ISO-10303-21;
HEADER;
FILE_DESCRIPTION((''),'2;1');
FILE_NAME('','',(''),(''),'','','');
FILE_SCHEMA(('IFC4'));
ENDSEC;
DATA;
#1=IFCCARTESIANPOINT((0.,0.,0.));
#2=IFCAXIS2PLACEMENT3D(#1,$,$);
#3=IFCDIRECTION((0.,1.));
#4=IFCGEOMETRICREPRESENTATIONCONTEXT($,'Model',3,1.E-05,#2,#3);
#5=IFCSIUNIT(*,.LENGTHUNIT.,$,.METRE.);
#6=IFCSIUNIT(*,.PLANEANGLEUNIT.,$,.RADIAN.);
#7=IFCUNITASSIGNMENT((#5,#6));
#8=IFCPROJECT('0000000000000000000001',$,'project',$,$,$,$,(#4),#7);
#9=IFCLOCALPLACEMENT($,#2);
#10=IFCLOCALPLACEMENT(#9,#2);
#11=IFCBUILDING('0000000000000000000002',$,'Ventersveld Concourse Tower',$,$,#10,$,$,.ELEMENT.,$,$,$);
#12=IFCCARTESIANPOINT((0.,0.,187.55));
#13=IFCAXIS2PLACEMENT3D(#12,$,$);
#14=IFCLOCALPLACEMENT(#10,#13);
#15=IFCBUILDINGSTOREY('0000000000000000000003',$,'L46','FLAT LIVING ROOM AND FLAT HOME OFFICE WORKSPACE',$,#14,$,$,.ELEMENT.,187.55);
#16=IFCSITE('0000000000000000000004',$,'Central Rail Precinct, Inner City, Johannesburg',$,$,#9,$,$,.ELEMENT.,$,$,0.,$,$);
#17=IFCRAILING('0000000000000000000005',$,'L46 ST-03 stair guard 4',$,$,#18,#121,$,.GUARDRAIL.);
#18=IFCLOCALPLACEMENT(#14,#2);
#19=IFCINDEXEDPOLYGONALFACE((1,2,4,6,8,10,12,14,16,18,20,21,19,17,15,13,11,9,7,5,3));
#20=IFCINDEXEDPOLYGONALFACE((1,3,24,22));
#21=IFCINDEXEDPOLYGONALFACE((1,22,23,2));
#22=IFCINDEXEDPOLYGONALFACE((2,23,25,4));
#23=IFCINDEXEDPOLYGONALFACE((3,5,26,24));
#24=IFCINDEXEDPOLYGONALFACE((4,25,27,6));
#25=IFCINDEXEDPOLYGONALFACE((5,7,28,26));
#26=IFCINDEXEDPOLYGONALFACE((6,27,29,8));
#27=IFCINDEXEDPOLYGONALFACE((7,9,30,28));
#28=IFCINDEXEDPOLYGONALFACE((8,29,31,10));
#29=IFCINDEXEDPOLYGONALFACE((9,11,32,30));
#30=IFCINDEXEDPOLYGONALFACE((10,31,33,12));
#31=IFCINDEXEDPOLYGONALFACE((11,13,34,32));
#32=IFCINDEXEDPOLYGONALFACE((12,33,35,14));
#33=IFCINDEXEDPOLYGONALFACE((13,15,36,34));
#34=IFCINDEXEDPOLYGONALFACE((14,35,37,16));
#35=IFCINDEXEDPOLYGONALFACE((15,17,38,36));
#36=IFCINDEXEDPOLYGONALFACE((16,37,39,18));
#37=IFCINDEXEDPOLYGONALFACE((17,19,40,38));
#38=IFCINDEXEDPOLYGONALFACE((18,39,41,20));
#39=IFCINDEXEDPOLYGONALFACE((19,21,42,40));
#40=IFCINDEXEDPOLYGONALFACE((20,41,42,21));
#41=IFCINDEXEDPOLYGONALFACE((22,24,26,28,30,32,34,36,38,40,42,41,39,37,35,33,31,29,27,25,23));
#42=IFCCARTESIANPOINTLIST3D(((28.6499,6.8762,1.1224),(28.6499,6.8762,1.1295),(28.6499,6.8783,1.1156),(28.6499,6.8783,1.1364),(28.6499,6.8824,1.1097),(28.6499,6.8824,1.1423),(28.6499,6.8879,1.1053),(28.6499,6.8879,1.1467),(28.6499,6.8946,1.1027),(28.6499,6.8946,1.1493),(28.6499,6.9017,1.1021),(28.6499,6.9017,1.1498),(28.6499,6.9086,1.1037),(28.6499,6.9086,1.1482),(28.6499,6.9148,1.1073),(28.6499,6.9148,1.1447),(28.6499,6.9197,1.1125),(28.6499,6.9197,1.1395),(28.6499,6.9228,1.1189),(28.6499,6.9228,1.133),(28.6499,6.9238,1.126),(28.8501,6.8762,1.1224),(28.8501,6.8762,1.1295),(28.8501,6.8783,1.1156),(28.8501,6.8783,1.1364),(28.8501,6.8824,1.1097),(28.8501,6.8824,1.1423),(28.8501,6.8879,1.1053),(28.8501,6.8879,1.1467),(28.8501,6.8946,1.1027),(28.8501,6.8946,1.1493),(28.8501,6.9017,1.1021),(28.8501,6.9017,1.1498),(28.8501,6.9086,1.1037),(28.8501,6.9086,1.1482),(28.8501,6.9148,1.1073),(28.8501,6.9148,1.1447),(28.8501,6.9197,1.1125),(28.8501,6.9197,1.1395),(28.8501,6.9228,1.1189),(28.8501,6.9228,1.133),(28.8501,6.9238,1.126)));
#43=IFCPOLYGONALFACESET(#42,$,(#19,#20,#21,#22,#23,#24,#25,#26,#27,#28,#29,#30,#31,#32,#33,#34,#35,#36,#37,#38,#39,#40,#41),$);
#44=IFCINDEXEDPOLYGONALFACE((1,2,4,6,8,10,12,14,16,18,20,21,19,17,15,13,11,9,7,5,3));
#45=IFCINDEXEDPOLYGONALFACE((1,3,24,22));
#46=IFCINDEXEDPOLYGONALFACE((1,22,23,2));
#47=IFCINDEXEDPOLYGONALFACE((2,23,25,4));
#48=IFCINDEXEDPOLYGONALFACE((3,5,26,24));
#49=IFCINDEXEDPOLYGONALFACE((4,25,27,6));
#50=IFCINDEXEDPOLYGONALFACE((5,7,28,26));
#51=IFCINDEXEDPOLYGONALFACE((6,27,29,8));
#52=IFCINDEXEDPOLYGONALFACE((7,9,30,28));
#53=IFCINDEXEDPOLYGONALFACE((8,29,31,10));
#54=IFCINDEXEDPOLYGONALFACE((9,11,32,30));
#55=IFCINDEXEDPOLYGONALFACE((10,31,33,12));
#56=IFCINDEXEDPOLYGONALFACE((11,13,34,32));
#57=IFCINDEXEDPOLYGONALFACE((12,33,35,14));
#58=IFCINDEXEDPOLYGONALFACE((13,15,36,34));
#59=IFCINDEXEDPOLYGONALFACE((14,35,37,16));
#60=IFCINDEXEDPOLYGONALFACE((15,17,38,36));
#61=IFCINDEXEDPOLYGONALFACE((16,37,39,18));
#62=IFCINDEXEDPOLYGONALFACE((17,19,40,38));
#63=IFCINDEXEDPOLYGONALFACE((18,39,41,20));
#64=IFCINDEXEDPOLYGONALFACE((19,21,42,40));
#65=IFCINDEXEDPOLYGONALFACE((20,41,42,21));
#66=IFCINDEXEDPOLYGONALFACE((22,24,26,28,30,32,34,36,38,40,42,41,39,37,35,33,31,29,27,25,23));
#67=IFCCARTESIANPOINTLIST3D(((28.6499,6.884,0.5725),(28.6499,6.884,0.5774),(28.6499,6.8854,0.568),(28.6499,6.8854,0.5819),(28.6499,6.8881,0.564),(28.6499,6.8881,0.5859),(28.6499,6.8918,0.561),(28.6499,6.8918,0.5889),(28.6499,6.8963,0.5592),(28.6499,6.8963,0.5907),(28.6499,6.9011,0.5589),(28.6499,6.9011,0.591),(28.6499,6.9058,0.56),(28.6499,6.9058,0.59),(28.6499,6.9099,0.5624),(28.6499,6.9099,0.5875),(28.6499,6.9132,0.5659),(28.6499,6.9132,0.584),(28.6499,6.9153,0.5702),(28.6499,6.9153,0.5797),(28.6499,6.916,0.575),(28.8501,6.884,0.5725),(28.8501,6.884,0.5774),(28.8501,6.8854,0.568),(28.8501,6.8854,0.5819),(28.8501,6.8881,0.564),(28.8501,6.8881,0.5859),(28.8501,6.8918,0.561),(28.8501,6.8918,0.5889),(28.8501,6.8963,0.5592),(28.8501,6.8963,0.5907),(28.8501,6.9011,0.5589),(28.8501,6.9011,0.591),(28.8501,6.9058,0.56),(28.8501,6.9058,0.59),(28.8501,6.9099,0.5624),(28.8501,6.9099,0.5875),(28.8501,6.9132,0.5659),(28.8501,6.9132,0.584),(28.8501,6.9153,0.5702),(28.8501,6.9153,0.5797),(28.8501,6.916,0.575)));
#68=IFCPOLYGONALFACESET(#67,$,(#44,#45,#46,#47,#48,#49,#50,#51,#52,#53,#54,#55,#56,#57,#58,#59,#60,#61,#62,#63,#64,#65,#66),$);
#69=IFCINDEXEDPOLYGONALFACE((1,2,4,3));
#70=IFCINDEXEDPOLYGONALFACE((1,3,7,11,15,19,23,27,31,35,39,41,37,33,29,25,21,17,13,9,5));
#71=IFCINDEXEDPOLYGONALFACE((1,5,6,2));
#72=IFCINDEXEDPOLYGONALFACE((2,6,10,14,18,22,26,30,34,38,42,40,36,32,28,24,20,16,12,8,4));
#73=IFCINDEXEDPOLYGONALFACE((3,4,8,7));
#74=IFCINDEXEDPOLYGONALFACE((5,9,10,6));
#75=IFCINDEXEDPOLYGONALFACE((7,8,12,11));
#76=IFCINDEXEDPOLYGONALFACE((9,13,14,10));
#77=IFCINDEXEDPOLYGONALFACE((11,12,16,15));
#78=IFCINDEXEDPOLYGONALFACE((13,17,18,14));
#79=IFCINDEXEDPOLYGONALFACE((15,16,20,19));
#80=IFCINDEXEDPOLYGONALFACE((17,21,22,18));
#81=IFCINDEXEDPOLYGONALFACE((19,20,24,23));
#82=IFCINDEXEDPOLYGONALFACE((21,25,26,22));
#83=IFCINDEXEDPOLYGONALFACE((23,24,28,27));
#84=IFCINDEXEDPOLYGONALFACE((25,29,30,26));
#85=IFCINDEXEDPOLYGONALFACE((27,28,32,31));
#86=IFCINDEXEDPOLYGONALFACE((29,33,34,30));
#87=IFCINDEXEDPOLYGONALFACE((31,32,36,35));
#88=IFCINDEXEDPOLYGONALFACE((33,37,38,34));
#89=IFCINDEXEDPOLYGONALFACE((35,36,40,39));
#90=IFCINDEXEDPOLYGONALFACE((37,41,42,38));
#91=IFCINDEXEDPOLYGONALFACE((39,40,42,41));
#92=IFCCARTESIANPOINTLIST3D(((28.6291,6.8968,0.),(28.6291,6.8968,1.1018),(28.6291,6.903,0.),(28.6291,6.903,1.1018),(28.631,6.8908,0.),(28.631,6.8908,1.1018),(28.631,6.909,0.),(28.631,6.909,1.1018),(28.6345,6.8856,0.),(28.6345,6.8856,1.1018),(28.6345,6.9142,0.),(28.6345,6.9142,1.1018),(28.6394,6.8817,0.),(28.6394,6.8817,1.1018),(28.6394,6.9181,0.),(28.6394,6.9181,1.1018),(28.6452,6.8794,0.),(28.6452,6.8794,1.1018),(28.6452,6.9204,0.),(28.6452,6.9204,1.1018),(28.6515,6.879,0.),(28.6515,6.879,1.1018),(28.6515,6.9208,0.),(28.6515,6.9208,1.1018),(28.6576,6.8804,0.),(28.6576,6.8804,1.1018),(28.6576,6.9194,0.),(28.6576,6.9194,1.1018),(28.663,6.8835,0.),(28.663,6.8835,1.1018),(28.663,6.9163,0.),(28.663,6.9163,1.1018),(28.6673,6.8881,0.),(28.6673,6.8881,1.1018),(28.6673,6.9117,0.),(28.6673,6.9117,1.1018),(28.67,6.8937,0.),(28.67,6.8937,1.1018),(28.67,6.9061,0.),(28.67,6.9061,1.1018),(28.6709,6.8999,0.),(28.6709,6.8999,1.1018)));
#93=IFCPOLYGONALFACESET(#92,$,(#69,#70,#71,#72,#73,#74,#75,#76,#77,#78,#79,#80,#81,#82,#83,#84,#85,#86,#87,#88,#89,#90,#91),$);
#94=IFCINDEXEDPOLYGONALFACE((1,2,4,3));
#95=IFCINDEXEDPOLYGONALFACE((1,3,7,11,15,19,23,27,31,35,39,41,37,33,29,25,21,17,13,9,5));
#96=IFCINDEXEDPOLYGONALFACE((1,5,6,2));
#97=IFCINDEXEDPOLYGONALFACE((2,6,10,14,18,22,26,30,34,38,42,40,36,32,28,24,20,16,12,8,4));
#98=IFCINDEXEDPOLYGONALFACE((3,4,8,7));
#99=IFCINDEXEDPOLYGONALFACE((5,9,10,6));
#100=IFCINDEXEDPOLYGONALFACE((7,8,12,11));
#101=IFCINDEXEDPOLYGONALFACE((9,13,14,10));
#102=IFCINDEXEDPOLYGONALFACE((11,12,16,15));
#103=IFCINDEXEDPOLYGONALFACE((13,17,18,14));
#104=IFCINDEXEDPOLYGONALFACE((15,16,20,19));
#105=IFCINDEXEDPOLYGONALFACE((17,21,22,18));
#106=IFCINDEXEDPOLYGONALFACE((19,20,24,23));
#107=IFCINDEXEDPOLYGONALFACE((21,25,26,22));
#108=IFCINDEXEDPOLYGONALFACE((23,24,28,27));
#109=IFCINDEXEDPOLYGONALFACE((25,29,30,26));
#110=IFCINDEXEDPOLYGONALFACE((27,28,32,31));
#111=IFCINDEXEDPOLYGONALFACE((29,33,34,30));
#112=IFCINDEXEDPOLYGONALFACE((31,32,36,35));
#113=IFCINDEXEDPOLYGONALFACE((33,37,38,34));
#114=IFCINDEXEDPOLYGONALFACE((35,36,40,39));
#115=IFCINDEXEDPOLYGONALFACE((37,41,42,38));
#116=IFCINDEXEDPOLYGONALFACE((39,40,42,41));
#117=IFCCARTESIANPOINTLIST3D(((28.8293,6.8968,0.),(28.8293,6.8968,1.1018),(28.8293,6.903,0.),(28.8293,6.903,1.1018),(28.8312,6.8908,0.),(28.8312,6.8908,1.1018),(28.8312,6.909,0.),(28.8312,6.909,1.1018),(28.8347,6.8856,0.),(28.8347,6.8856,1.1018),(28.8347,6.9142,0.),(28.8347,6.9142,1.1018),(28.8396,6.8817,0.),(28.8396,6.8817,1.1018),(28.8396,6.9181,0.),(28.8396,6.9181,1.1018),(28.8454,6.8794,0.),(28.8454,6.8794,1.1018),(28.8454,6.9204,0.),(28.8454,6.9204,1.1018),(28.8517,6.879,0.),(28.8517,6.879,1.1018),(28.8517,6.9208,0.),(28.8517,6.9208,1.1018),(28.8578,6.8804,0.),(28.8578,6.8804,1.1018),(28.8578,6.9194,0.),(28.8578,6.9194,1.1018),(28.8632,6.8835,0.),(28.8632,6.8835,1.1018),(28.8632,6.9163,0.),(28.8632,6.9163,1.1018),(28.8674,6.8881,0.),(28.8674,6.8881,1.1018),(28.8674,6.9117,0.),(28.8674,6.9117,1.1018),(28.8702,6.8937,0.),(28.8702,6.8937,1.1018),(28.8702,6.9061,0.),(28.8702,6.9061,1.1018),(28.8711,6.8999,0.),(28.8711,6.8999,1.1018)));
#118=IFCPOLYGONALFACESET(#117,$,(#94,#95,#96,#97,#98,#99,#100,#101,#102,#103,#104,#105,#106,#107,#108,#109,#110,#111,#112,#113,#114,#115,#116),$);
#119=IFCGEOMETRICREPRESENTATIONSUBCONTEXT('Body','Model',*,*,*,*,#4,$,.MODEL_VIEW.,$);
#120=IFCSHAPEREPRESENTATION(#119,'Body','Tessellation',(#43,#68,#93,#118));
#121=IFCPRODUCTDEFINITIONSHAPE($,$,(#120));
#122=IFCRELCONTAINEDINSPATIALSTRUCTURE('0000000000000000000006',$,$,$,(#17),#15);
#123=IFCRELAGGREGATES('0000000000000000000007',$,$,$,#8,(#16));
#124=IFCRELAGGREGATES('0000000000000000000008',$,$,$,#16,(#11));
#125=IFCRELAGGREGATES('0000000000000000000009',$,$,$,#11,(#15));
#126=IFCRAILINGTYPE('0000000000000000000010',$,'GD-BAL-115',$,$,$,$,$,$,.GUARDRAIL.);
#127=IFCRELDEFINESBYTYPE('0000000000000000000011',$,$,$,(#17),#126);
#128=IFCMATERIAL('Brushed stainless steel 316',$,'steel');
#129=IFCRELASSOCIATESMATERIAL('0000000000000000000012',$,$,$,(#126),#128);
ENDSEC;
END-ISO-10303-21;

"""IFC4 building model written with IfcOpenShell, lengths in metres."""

from ifc_helpers import new_model, si_unit, direction, frame, origin, origin_2d, place, context, subcontext, project, spatial, circle, extrude, material, type_object, element, save


model = new_model("IFC4")

# Units and contexts
model_context = context("Model", 3, precision=1e-05, world=origin(), true_north=direction((0.0, 1.0)))
body_context = subcontext(model_context, "Body", "Model", "MODEL_VIEW")
ifc_project = project(units=[si_unit("LENGTHUNIT", "METRE"), si_unit("PLANEANGLEUNIT", "RADIAN")], contexts=[model_context])

# Site, building, storey
site_placement = place(None, origin())
site = spatial("IfcSite", under=ifc_project, at=site_placement, Name="Central Rail Precinct, Inner City, Johannesburg", CompositionType="ELEMENT", RefElevation=0.0)
building_placement = place(site_placement, origin())
building = spatial("IfcBuilding", under=site, at=building_placement, Name="Ventersveld Concourse Tower", CompositionType="ELEMENT")
storey_placement = place(building_placement, frame((0.0, 0.0, 187.55)))
storey = spatial("IfcBuildingStorey", under=building, at=storey_placement, Name="L46", Description="FLAT LIVING ROOM AND FLAT HOME OFFICE WORKSPACE", CompositionType="ELEMENT", Elevation=187.55)

# Shared definitions
ifc_material_1 = material(Name="Brushed stainless steel 316", Category="steel")

# Railing
railing_type_1 = type_object("IfcRailingType", Name="GD-BAL-115", PredefinedType="GUARDRAIL", material=ifc_material_1)
railing_1_placement = place(storey_placement, frame((28.6499, 6.8999, 0.0)))
element("IfcRailing", 1, at=railing_1_placement, inside=storey, type_object=railing_type_1, Name="L46 ST-03 stair guard 4", PredefinedType="GUARDRAIL", context=body_context, shape_type="SweptSolid", body=[
    extrude(circle(Radius=0.0239, at=origin_2d()), frame((0.0, 0.0, 1.126), z_axis=(1.0, 0.0, 0.0), x_axis=(0.0, 1.0, 0.0)), (0.0, 0.0, 1.0), 0.2002),
    extrude(circle(Radius=0.0161, at=origin_2d()), frame((0.0, 0.0, 0.575), z_axis=(1.0, 0.0, 0.0), x_axis=(0.0, 1.0, 0.0)), (0.0, 0.0, 1.0), 0.2002),
    extrude(circle(Radius=0.021, at=origin_2d()), origin(), (0.0, 0.0, 1.0), 1.1018),
    extrude(circle(Radius=0.021, at=origin_2d()), frame((0.2002, 0.0, 0.0)), (0.0, 0.0, 1.0), 1.1018),
])

save(model, "model.ifc")
